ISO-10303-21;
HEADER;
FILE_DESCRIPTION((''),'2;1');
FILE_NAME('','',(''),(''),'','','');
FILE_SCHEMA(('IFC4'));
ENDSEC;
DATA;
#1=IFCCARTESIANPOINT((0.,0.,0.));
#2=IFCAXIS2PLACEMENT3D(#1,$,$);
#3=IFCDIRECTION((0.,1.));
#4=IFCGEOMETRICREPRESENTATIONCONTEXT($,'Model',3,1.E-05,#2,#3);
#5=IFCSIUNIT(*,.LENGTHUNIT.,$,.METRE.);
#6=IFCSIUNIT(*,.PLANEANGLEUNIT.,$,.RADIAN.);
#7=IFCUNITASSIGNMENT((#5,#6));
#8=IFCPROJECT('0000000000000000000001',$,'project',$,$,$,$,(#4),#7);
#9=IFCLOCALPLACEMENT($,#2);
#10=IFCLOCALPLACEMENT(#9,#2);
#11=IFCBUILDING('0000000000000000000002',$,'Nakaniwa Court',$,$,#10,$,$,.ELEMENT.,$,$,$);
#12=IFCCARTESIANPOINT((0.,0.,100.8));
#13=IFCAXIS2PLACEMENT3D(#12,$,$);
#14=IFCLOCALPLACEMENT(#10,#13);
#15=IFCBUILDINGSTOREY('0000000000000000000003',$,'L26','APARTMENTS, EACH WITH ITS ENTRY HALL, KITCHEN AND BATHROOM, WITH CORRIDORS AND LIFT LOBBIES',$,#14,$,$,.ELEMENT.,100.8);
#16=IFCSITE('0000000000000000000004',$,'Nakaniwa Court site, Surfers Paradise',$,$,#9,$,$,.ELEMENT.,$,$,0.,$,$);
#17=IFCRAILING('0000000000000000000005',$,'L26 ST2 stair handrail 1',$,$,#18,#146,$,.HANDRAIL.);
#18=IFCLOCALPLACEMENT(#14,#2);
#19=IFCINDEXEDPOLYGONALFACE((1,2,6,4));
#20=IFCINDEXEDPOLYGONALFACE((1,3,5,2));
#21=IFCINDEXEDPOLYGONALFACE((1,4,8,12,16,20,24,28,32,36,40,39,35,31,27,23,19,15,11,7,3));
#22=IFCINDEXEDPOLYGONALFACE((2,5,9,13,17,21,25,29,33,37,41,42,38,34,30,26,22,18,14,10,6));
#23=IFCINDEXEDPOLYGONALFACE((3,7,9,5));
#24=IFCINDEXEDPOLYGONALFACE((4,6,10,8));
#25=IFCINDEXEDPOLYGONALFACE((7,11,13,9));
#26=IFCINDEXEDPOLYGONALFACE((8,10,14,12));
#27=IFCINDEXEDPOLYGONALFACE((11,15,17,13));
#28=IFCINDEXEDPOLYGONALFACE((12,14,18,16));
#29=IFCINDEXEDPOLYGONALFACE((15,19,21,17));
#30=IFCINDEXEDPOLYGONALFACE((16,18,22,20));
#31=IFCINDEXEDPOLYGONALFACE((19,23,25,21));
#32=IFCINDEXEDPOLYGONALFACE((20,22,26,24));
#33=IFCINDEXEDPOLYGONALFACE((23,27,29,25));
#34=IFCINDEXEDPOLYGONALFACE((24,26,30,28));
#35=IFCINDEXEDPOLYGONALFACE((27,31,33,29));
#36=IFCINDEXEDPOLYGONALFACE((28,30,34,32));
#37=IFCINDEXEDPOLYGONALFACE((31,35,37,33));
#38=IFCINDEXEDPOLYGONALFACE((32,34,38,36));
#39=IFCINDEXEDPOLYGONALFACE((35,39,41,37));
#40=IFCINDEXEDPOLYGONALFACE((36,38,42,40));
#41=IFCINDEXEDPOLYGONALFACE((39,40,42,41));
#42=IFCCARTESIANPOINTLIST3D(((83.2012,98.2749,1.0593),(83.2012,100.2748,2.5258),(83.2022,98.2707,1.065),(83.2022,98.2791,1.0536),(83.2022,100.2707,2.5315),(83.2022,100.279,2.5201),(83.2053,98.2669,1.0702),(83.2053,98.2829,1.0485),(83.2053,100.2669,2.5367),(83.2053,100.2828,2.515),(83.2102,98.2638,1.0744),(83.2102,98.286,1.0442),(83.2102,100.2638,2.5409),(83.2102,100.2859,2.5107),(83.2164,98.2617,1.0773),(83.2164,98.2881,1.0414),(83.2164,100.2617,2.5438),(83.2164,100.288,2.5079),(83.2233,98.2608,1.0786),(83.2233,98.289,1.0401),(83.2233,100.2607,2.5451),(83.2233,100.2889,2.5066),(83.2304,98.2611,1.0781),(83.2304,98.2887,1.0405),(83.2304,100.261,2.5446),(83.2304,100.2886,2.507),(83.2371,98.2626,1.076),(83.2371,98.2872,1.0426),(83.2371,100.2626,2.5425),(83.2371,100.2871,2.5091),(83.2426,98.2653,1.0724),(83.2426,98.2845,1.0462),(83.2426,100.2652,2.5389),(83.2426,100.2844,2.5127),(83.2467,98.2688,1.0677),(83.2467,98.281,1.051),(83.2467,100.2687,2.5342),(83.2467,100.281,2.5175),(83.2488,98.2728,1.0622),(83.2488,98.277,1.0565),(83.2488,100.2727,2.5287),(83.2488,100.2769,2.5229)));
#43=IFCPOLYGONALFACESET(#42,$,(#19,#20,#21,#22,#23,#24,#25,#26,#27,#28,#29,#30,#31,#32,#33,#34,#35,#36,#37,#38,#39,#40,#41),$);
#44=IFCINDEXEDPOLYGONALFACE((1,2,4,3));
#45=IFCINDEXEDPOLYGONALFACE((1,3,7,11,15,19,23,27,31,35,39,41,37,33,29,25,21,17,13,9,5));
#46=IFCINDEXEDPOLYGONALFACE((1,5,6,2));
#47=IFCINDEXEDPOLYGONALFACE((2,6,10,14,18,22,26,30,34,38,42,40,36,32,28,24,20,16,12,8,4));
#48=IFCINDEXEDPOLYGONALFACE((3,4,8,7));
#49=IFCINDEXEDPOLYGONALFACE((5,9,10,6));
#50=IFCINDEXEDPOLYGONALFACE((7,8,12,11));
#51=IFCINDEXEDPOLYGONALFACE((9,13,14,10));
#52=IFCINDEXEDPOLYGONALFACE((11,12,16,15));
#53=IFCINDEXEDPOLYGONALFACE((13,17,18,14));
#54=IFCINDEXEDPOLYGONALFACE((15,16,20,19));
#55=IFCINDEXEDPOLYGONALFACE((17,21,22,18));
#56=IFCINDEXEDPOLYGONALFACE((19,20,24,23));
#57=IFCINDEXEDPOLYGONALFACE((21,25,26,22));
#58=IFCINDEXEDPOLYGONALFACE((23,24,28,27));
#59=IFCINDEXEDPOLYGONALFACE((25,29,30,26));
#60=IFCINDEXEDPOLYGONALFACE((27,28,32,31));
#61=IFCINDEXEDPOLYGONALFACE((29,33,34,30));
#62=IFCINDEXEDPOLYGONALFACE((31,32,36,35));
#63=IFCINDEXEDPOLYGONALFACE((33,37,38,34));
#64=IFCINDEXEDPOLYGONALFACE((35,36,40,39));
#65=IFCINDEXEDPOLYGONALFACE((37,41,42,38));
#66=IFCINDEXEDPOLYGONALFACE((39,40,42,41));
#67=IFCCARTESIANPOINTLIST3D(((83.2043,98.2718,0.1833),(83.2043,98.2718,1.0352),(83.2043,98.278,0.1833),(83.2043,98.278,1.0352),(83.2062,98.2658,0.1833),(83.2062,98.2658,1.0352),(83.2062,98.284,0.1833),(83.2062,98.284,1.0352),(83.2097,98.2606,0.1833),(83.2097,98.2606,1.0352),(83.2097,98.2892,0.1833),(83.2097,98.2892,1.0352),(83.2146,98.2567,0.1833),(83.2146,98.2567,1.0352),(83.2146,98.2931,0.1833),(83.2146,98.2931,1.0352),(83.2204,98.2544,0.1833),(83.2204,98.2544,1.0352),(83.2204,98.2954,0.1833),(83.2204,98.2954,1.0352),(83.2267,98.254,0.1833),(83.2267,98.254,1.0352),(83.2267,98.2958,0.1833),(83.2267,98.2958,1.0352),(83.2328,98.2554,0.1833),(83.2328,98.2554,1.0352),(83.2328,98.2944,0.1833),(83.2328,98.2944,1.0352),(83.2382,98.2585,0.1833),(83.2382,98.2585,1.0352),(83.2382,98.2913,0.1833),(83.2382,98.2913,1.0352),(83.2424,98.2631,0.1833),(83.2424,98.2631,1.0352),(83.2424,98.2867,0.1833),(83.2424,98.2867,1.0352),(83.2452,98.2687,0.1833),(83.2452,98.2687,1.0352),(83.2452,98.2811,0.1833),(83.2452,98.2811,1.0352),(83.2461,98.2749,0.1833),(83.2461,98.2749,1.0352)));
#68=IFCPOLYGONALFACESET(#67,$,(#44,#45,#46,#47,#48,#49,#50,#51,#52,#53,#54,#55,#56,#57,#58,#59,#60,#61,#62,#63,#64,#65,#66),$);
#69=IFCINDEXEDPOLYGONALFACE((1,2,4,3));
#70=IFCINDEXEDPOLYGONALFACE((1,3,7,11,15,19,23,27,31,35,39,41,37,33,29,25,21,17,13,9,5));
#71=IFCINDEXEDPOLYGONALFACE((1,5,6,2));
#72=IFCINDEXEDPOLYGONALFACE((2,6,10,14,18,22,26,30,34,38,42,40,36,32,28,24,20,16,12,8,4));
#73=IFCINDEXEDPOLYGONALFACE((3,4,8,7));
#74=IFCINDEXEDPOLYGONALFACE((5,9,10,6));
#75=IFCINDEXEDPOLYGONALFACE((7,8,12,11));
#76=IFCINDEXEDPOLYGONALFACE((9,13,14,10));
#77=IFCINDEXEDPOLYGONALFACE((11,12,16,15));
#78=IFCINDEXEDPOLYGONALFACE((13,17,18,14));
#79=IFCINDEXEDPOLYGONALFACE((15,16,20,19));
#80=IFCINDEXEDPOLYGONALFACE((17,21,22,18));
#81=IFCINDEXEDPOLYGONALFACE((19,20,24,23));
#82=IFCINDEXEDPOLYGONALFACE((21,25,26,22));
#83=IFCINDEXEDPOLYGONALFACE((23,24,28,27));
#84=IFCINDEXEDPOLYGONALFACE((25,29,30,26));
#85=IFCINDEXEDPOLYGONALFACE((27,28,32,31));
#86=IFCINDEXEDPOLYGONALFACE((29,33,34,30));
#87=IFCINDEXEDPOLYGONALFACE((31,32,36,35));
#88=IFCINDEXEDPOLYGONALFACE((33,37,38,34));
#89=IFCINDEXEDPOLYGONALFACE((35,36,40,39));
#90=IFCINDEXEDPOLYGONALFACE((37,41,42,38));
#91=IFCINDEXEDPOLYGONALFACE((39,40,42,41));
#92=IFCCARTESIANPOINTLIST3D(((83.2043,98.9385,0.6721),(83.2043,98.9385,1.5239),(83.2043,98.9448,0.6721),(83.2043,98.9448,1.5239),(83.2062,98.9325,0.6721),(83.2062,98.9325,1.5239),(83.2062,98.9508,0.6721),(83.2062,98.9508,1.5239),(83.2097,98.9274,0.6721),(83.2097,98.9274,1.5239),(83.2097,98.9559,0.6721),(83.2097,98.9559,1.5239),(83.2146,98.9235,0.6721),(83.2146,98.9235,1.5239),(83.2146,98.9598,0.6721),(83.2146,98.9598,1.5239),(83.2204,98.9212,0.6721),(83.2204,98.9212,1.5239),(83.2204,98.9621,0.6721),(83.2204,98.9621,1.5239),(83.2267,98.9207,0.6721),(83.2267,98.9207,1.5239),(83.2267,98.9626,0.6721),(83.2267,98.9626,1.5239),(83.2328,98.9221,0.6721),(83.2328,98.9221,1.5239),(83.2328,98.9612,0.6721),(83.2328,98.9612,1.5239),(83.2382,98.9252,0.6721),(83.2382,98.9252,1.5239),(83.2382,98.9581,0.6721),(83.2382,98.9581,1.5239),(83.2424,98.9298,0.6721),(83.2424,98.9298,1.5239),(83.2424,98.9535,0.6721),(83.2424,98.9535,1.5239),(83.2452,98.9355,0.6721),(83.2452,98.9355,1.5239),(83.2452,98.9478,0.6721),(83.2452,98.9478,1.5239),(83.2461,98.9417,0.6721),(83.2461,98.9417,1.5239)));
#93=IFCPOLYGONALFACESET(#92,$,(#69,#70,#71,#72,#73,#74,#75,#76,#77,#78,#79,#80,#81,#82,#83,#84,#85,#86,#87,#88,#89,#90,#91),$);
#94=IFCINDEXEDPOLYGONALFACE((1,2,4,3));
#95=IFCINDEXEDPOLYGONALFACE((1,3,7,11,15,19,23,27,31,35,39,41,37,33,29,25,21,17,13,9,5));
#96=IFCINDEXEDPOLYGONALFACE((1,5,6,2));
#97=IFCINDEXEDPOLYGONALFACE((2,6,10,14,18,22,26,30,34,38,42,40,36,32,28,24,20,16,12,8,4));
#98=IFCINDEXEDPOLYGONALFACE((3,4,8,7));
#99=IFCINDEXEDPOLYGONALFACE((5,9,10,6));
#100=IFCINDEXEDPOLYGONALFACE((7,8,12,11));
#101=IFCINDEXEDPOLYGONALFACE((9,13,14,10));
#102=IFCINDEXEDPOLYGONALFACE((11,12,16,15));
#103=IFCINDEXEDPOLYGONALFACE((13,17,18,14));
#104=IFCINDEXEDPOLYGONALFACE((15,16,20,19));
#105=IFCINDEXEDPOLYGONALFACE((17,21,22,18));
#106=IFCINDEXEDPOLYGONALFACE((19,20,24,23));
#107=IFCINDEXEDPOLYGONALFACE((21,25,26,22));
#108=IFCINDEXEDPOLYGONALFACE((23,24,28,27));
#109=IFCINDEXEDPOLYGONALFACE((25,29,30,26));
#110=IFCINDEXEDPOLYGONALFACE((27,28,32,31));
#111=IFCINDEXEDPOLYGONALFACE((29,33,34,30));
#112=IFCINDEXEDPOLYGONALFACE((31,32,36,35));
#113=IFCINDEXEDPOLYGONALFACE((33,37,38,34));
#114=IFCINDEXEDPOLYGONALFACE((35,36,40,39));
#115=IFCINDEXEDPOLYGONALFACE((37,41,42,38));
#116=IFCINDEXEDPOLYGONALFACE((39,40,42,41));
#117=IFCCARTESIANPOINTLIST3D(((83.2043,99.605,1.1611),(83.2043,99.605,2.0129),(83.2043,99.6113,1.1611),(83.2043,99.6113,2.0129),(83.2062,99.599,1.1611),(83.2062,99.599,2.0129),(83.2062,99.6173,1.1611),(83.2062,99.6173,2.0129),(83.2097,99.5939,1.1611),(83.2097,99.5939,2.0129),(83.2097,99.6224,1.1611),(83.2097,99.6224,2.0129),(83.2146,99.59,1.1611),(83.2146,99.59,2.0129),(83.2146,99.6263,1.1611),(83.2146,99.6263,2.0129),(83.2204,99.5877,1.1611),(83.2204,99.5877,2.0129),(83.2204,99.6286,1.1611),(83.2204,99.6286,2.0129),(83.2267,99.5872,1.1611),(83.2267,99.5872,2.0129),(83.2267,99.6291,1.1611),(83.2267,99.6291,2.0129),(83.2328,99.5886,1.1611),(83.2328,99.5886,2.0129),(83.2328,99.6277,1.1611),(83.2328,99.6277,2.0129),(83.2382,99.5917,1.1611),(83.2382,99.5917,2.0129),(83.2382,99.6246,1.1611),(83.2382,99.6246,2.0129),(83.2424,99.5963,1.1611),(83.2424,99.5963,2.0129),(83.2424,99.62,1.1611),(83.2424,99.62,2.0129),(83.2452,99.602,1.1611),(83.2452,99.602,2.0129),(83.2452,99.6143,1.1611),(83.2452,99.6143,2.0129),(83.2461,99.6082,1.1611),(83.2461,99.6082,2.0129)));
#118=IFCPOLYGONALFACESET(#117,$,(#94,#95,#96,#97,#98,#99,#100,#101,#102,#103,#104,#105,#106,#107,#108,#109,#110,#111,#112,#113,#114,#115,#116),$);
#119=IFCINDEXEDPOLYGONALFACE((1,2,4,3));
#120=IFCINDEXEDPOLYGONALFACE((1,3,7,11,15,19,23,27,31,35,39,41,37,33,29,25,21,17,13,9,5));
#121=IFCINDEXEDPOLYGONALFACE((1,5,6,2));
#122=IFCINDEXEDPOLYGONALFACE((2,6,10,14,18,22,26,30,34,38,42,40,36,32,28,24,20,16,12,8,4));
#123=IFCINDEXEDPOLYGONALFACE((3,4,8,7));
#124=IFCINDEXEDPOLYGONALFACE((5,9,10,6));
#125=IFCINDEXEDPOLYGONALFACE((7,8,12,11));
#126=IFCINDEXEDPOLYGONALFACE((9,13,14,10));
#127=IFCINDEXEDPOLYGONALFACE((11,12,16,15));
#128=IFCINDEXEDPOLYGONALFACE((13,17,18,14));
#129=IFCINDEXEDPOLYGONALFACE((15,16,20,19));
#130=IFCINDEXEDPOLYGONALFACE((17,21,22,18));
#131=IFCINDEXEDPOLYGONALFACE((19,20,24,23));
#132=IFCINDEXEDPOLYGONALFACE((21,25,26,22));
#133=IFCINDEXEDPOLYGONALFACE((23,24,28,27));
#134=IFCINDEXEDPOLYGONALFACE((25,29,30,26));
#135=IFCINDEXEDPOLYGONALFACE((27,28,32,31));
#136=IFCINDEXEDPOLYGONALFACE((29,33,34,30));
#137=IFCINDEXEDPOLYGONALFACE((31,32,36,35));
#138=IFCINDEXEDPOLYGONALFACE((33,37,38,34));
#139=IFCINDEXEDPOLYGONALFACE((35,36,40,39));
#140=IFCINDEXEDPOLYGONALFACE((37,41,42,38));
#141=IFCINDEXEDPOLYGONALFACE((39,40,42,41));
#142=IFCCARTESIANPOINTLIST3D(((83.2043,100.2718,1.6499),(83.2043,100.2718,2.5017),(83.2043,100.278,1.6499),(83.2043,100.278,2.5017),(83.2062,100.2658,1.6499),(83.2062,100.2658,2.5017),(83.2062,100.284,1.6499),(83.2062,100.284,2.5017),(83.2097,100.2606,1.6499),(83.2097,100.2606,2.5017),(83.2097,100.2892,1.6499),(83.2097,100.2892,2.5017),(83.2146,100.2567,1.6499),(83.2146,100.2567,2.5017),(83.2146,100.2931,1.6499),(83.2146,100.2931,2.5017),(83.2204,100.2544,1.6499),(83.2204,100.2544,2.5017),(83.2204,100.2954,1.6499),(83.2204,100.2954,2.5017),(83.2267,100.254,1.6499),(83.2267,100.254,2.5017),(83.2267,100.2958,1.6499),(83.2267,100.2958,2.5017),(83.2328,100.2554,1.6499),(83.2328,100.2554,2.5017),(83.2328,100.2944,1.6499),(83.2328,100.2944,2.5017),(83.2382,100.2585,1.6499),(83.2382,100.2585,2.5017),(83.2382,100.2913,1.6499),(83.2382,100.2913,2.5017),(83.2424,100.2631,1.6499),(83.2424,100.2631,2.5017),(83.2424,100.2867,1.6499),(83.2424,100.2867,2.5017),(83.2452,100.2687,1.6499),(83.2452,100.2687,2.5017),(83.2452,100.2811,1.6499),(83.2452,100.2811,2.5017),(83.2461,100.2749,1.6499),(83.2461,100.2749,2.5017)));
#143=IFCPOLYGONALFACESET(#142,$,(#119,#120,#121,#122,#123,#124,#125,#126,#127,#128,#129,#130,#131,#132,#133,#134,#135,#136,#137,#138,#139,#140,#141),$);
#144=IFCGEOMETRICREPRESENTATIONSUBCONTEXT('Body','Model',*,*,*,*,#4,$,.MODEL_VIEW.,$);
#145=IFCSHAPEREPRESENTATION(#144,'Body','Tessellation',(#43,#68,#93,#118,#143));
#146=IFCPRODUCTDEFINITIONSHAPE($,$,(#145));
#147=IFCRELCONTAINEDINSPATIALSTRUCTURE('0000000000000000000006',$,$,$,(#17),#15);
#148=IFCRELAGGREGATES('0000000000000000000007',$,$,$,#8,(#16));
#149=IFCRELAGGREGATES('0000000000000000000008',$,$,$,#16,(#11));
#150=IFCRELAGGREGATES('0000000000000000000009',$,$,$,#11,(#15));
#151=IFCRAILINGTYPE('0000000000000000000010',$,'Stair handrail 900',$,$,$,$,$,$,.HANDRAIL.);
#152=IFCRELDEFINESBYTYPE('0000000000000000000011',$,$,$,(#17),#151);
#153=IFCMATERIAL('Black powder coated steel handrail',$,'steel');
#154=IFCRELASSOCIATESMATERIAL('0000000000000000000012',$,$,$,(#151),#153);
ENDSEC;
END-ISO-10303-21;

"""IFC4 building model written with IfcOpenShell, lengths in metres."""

from ifc_helpers import new_model, si_unit, direction, frame, origin, origin_2d, place, context, subcontext, project, spatial, circle, extrude, material, type_object, element, save


model = new_model("IFC4")

# Units and contexts
model_context = context("Model", 3, precision=1e-05, world=origin(), true_north=direction((0.0, 1.0)))
body_context = subcontext(model_context, "Body", "Model", "MODEL_VIEW")
ifc_project = project(units=[si_unit("LENGTHUNIT", "METRE"), si_unit("PLANEANGLEUNIT", "RADIAN")], contexts=[model_context])

# Site, building, storey
site_placement = place(None, origin())
site = spatial("IfcSite", under=ifc_project, at=site_placement, Name="Nakaniwa Court site, Surfers Paradise", CompositionType="ELEMENT", RefElevation=0.0)
building_placement = place(site_placement, origin())
building = spatial("IfcBuilding", under=site, at=building_placement, Name="Nakaniwa Court", CompositionType="ELEMENT")
storey_placement = place(building_placement, frame((0.0, 0.0, 100.8)))
storey = spatial("IfcBuildingStorey", under=building, at=storey_placement, Name="L26", Description="APARTMENTS, EACH WITH ITS ENTRY HALL, KITCHEN AND BATHROOM, WITH CORRIDORS AND LIFT LOBBIES", CompositionType="ELEMENT", Elevation=100.8)

# Railing
ifc_material_1 = material(Name="Black powder coated steel handrail", Category="steel")
railing_type_1 = type_object("IfcRailingType", Name="Stair handrail 900", PredefinedType="HANDRAIL", material=ifc_material_1)
railing_1_placement = place(storey_placement, frame((83.2251, 98.2749, 0.1833)))
element("IfcRailing", 1, at=railing_1_placement, inside=storey, type_object=railing_type_1, Name="L26 ST2 stair handrail 1", PredefinedType="HANDRAIL", context=body_context, shape_type="SweptSolid", body=[
    extrude(circle(Radius=0.0239, at=origin_2d()), frame((0.0, 0.0, 0.876), z_axis=(0.0, 0.806427, 0.591334), x_axis=(-1.0, 0.0, 0.0)), (0.0, 0.0, 1.0), 2.48),
    extrude(circle(Radius=0.021, at=origin_2d()), origin(), (0.0, 0.0, 1.0), 0.8518),
    extrude(circle(Radius=0.021, at=origin_2d()), frame((0.0, 0.6667, 0.4888)), (0.0, 0.0, 1.0), 0.8518),
    extrude(circle(Radius=0.021, at=origin_2d()), frame((0.0, 1.3333, 0.9778)), (0.0, 0.0, 1.0), 0.8518),
    extrude(circle(Radius=0.021, at=origin_2d()), frame((0.0, 2.0, 1.4666)), (0.0, 0.0, 1.0), 0.8518),
])

save(model, "model.ifc")
